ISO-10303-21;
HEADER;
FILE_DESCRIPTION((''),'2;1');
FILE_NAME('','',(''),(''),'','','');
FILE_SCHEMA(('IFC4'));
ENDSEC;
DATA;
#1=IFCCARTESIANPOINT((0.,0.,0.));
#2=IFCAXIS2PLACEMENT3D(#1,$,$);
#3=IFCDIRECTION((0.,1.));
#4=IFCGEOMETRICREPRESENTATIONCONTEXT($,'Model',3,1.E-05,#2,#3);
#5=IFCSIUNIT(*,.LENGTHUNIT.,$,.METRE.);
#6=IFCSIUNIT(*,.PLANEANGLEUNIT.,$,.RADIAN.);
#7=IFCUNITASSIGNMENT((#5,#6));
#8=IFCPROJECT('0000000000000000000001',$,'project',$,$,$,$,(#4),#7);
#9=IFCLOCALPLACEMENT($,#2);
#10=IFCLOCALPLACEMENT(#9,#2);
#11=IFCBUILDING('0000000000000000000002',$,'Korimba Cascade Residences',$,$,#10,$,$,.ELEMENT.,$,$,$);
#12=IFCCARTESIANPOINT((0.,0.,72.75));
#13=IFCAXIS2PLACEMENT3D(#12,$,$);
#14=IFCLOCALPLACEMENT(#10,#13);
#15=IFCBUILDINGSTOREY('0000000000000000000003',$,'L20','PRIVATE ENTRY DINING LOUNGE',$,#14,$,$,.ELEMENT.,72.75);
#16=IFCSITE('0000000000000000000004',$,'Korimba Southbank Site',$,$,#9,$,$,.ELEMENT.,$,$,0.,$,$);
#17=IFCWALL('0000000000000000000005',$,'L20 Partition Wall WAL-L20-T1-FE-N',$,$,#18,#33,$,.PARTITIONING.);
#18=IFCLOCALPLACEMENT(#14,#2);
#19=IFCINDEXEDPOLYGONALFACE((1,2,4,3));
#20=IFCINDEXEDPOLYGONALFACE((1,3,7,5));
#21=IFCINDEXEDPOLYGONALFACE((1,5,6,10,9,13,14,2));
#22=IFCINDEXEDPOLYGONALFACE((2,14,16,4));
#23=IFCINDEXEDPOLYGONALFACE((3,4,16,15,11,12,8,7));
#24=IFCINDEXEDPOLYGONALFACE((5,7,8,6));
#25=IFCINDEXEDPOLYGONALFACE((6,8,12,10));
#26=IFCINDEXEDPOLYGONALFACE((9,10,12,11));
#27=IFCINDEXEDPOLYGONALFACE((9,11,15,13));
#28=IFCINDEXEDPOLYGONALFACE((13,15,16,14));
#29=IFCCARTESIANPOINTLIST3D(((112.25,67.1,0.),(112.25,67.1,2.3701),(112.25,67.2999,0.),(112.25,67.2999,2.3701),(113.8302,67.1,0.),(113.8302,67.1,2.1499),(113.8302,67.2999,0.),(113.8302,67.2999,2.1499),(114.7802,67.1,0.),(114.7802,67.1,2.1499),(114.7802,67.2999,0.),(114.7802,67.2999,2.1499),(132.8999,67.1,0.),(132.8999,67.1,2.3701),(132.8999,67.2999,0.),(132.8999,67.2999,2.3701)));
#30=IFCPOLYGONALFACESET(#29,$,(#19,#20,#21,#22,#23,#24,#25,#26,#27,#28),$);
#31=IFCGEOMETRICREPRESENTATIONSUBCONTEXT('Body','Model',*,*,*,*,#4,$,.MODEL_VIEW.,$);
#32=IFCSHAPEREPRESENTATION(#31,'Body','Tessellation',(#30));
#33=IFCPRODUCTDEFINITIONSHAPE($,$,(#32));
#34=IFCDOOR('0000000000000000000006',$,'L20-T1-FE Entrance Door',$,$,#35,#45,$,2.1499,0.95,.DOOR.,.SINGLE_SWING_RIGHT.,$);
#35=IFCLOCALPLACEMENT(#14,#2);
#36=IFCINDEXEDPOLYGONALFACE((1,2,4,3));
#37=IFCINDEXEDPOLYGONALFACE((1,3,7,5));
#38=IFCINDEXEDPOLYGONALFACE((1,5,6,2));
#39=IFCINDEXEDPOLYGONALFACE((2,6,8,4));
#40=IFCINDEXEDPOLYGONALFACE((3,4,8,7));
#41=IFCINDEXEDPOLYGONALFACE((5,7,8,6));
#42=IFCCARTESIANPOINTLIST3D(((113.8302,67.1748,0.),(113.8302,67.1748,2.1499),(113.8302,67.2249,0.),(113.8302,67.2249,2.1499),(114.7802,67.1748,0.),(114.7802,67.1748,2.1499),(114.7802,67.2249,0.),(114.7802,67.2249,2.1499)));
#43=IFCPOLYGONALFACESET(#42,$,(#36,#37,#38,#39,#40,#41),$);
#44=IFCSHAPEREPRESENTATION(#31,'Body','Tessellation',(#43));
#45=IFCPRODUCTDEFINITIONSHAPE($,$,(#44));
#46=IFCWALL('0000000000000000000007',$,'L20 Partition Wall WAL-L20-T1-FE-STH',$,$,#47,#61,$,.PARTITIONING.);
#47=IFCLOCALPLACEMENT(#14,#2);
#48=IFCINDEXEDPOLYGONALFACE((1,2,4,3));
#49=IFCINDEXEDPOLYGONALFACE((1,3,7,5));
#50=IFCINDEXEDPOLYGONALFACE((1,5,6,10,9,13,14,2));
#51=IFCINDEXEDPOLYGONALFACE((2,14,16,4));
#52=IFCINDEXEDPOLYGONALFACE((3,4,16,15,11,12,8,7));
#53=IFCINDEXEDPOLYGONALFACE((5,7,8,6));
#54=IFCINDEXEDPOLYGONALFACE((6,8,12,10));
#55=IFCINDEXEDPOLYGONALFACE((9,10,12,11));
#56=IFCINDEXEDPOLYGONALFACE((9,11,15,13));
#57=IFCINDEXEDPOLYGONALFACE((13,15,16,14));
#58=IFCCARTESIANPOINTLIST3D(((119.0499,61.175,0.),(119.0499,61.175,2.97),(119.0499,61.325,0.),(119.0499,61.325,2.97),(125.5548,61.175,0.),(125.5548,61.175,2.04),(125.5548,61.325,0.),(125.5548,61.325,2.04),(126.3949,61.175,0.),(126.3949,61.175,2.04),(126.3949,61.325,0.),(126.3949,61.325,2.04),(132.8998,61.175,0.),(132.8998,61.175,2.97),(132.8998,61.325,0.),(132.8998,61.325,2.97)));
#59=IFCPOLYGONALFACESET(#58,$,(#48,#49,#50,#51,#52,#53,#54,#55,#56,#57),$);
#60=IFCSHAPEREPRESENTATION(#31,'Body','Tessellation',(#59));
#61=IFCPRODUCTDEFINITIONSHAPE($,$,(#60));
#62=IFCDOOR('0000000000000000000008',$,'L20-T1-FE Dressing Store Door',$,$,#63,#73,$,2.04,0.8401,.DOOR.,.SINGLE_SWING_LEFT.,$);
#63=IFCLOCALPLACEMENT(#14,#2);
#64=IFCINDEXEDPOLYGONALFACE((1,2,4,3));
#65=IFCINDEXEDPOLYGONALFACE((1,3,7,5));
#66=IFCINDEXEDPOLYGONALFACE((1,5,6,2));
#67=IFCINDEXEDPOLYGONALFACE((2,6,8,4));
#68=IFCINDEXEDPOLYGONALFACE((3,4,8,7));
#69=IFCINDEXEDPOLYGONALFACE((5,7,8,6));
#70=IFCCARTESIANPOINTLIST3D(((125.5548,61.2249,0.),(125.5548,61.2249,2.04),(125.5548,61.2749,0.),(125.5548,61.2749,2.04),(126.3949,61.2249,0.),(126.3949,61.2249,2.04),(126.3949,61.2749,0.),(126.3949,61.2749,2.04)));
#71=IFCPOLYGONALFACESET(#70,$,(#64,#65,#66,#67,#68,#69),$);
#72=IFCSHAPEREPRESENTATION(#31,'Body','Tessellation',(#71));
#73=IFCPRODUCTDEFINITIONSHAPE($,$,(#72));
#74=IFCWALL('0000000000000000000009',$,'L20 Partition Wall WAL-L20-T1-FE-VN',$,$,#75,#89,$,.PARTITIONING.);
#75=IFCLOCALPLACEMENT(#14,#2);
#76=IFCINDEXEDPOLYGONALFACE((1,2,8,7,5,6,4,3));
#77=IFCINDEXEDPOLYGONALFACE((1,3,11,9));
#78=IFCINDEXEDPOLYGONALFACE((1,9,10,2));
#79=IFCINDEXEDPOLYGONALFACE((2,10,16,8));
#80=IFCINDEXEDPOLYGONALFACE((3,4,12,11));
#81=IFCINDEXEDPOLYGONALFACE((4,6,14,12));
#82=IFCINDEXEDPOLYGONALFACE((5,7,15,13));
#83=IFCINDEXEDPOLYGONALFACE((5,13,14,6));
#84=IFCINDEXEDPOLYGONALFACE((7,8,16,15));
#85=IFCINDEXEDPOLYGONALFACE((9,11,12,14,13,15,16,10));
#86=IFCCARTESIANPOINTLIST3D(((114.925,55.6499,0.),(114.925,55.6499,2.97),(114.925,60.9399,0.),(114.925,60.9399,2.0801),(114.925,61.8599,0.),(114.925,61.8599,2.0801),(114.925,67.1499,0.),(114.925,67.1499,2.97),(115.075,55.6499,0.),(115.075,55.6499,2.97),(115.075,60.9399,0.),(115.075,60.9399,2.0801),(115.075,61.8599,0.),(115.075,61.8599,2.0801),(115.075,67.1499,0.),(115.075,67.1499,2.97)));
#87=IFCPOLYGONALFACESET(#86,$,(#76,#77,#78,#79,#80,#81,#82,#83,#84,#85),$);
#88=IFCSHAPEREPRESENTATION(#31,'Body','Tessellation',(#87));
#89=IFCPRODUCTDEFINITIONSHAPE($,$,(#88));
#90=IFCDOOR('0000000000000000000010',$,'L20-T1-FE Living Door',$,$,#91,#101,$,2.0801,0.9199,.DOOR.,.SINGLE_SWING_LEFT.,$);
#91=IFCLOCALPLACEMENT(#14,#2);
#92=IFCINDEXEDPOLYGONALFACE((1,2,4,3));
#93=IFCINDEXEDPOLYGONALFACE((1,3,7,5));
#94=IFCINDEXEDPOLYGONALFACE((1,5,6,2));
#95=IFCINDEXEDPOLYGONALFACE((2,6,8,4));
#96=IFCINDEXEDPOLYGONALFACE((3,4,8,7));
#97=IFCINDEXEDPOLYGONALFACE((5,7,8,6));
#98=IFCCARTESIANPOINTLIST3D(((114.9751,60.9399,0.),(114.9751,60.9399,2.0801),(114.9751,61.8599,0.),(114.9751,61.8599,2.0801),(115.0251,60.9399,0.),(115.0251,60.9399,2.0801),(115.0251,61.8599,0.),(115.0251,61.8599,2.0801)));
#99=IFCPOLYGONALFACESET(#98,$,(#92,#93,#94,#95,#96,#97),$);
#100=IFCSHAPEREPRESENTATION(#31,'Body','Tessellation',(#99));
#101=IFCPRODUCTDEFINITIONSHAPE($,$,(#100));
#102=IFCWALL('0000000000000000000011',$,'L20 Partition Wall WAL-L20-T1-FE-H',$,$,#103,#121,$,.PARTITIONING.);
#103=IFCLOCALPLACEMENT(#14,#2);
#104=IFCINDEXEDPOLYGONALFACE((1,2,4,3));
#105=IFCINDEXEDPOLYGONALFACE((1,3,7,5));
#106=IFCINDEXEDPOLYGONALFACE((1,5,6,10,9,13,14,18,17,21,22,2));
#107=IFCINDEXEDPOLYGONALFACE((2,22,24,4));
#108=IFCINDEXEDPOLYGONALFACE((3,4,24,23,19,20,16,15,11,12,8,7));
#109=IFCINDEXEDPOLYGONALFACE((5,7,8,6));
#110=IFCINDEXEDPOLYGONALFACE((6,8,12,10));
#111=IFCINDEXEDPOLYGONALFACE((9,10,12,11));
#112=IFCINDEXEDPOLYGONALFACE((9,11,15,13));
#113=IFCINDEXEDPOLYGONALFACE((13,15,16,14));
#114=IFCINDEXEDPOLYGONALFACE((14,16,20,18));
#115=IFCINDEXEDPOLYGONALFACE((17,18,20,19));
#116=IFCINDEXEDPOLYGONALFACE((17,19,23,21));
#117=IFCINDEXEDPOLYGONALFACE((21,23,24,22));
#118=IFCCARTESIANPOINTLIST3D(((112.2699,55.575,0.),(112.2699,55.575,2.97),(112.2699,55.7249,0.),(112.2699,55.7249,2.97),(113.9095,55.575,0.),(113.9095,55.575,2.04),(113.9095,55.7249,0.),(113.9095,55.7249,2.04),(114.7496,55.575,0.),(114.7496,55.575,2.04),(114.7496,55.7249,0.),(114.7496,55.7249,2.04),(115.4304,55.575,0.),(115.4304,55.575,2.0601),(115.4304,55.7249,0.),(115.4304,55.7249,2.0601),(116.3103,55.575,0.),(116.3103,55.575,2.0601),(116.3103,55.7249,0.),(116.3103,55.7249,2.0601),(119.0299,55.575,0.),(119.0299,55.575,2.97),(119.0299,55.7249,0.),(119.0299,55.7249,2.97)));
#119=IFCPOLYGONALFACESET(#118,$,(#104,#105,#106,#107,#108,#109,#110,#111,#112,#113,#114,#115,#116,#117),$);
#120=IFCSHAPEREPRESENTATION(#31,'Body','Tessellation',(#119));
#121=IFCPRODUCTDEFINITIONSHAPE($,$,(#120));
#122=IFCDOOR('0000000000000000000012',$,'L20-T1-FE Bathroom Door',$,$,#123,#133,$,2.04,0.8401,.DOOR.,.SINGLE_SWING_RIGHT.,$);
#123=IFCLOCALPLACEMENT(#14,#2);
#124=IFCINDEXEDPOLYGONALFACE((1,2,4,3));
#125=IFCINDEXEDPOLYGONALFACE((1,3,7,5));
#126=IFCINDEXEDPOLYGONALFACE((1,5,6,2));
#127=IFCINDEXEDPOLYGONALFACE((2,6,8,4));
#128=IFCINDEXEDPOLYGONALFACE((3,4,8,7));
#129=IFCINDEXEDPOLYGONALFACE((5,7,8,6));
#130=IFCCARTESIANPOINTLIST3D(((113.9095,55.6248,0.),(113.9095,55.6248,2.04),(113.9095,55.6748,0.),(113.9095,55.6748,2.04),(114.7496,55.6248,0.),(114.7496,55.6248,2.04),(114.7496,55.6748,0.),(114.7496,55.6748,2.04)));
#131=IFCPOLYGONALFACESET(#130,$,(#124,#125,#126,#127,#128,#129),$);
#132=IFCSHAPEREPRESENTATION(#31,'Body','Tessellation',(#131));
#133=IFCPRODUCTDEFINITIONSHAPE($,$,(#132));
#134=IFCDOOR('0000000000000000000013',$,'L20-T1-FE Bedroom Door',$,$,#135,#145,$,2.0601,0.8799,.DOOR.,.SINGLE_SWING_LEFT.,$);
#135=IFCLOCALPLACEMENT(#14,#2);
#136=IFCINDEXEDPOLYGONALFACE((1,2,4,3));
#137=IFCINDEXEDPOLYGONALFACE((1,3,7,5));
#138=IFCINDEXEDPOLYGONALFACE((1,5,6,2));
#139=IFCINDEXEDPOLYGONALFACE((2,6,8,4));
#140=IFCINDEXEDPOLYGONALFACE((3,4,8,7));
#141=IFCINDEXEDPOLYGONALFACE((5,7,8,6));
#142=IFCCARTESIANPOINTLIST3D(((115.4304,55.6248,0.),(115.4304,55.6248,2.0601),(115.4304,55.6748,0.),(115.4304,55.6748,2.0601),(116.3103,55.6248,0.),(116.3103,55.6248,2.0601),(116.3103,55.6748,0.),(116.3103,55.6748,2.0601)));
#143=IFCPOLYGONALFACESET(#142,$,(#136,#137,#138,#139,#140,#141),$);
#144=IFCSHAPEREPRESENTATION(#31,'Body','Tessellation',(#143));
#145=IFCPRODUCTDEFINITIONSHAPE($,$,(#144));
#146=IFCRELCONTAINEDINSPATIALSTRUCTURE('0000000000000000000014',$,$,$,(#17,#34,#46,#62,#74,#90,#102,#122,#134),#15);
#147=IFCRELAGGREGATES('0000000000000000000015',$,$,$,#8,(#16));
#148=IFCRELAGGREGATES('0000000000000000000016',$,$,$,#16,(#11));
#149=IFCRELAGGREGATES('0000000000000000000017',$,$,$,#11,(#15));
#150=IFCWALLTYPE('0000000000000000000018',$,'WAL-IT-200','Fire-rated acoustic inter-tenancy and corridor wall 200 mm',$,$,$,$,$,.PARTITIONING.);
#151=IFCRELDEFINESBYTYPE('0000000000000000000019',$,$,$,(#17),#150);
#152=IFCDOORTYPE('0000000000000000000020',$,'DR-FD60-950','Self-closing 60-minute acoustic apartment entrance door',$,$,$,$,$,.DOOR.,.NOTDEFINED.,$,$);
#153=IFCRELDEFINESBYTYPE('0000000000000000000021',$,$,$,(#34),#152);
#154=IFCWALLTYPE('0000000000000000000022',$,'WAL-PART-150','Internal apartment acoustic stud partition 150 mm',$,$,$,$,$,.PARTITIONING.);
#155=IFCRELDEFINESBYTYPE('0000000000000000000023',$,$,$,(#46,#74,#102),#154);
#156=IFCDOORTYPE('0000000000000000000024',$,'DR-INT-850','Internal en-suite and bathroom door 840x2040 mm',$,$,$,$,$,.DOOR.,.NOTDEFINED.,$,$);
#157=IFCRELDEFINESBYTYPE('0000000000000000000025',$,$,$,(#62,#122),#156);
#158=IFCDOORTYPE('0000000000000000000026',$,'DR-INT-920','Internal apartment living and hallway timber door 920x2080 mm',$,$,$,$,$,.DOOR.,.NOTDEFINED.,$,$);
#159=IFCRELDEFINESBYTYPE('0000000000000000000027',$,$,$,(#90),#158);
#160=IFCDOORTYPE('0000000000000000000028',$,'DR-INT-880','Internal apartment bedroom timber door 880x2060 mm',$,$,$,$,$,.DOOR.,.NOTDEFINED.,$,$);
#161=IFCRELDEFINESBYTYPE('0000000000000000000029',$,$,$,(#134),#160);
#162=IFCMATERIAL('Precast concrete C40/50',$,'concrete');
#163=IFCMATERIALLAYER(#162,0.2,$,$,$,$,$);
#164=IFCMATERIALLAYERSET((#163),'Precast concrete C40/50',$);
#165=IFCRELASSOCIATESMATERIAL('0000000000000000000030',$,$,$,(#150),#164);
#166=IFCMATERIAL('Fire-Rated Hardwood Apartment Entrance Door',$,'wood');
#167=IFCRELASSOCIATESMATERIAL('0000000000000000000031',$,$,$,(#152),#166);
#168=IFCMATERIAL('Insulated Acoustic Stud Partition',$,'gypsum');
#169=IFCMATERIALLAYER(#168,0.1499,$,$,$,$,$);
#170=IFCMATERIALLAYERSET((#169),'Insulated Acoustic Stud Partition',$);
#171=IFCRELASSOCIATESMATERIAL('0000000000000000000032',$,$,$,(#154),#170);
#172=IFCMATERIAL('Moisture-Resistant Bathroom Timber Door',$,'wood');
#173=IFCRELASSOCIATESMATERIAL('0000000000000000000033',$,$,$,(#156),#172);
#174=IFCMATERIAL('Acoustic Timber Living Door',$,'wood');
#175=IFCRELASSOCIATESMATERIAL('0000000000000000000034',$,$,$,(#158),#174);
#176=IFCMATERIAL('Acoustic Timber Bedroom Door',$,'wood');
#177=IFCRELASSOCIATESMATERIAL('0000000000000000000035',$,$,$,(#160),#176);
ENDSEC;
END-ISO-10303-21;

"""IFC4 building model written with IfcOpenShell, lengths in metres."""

from ifc_helpers import new_model, si_unit, direction, frame, frame_2d, origin, place, context, subcontext, project, spatial, rectangle, extrude, material, layer, layer_set, type_object, element, fill, save


model = new_model("IFC4")

# Units and contexts
model_context = context("Model", 3, precision=1e-05, world=origin(), true_north=direction((0.0, 1.0)))
body_context = subcontext(model_context, "Body", "Model", "MODEL_VIEW")
ifc_project = project(units=[si_unit("LENGTHUNIT", "METRE"), si_unit("PLANEANGLEUNIT", "RADIAN")], contexts=[model_context])

# Site, building, storey
site_placement = place(None, origin())
site = spatial("IfcSite", under=ifc_project, at=site_placement, Name="Korimba Southbank Site", CompositionType="ELEMENT", RefElevation=0.0)
building_placement = place(site_placement, origin())
building = spatial("IfcBuilding", under=site, at=building_placement, Name="Korimba Cascade Residences", CompositionType="ELEMENT")
storey_placement = place(building_placement, frame((0.0, 0.0, 72.75)))
storey = spatial("IfcBuildingStorey", under=building, at=storey_placement, Name="L20", Description="PRIVATE ENTRY DINING LOUNGE", CompositionType="ELEMENT", Elevation=72.75)

# Walls, openings, doors
ifc_material_1 = material(Name="Precast concrete C40/50", Category="concrete")
ifc_layer_1 = layer(ifc_material_1, 0.2)
ifc_layer_set_1 = layer_set([ifc_layer_1], Name="Precast concrete C40/50")
wall_type_1 = type_object("IfcWallType", Name="WAL-IT-200", Description="Fire-rated acoustic inter-tenancy and corridor wall 200 mm", PredefinedType="PARTITIONING", material=ifc_layer_set_1)
wall_1_placement = place(storey_placement, frame((112.25, 67.2, 0.0), z_axis=(0.0, 0.0, 1.0), x_axis=(1.0, 0.0, 0.0)))
wall_1 = element("IfcWall", 1, at=wall_1_placement, inside=storey, type_object=wall_type_1, Name="L20 Partition Wall WAL-L20-T1-FE-N", PredefinedType="PARTITIONING", context=body_context, shape_type="SweptSolid", body=[
    extrude(rectangle(XDim=20.6499, YDim=0.2, at=frame_2d((10.325, 0.0))), origin(), (0.0, 0.0, 1.0), 2.3701),
])
opening_1_placement = place(wall_1_placement, frame((1.5801, 0.0, 0.0)))
opening_1 = element("IfcOpeningElement", 2, at=opening_1_placement, cuts=wall_1, PredefinedType="OPENING", context=body_context, shape_type="SweptSolid", body=[
    extrude(rectangle(XDim=0.95, YDim=2.1499, at=frame_2d((0.4751, 1.075))), frame((0.0, 0.1099, 0.0), z_axis=(0.0, -1.0, 0.0), x_axis=(1.0, 0.0, 0.0)), (0.0, 0.0, 1.0), 0.22),
])
ifc_material_2 = material(Name="Fire-Rated Hardwood Apartment Entrance Door", Category="wood")
door_type_1 = type_object("IfcDoorType", Name="DR-FD60-950", Description="Self-closing 60-minute acoustic apartment entrance door", OperationType="NOTDEFINED", PredefinedType="DOOR", material=ifc_material_2)
door_1_placement = place(opening_1_placement, origin())
door_1 = element("IfcDoor", 3, at=door_1_placement, inside=storey, type_object=door_type_1, Name="L20-T1-FE Entrance Door", OperationType="SINGLE_SWING_RIGHT", OverallHeight=2.1499, OverallWidth=0.95, PredefinedType="DOOR", context=body_context, shape_type="SweptSolid", body=[
    extrude(rectangle(XDim=0.95, YDim=2.1499, at=frame_2d((0.4751, 1.075))), frame((0.0, 0.0249, 0.0), z_axis=(0.0, -1.0, 0.0), x_axis=(1.0, 0.0, 0.0)), (0.0, 0.0, 1.0), 0.05),
])
fill(opening_1, door_1)
ifc_material_3 = material(Name="Insulated Acoustic Stud Partition", Category="gypsum")
ifc_layer_2 = layer(ifc_material_3, 0.1499)
ifc_layer_set_2 = layer_set([ifc_layer_2], Name="Insulated Acoustic Stud Partition")
wall_type_2 = type_object("IfcWallType", Name="WAL-PART-150", Description="Internal apartment acoustic stud partition 150 mm", PredefinedType="PARTITIONING", material=ifc_layer_set_2)
wall_2_placement = place(storey_placement, frame((119.05, 61.25, 0.0), z_axis=(0.0, 0.0, 1.0), x_axis=(1.0, 0.0, 0.0)))
wall_2 = element("IfcWall", 4, at=wall_2_placement, inside=storey, type_object=wall_type_2, Name="L20 Partition Wall WAL-L20-T1-FE-STH", PredefinedType="PARTITIONING", context=body_context, shape_type="SweptSolid", body=[
    extrude(rectangle(XDim=13.8499, YDim=0.1499, at=frame_2d((6.9248, 0.0))), origin(), (0.0, 0.0, 1.0), 2.97),
])
opening_2_placement = place(wall_2_placement, frame((6.5049, 0.0, 0.0)))
opening_2 = element("IfcOpeningElement", 5, at=opening_2_placement, cuts=wall_2, PredefinedType="OPENING", context=body_context, shape_type="SweptSolid", body=[
    extrude(rectangle(XDim=0.8401, YDim=2.04, at=frame_2d((0.4199, 1.02))), frame((0.0, 0.085, 0.0), z_axis=(0.0, -1.0, 0.0), x_axis=(1.0, 0.0, 0.0)), (0.0, 0.0, 1.0), 0.1699),
])
ifc_material_4 = material(Name="Moisture-Resistant Bathroom Timber Door", Category="wood")
door_type_2 = type_object("IfcDoorType", Name="DR-INT-850", Description="Internal en-suite and bathroom door 840x2040 mm", OperationType="NOTDEFINED", PredefinedType="DOOR", material=ifc_material_4)
door_2_placement = place(opening_2_placement, origin())
door_2 = element("IfcDoor", 6, at=door_2_placement, inside=storey, type_object=door_type_2, Name="L20-T1-FE Dressing Store Door", OperationType="SINGLE_SWING_LEFT", OverallHeight=2.04, OverallWidth=0.8401, PredefinedType="DOOR", context=body_context, shape_type="SweptSolid", body=[
    extrude(rectangle(XDim=0.8401, YDim=2.04, at=frame_2d((0.4199, 1.02))), frame((0.0, 0.0249, 0.0), z_axis=(0.0, -1.0, 0.0), x_axis=(1.0, 0.0, 0.0)), (0.0, 0.0, 1.0), 0.05),
])
fill(opening_2, door_2)
wall_3_placement = place(storey_placement, frame((115.0, 55.6499, 0.0), z_axis=(0.0, 0.0, 1.0), x_axis=(0.0, 1.0, 0.0)))
wall_3 = element("IfcWall", 7, at=wall_3_placement, inside=storey, type_object=wall_type_2, Name="L20 Partition Wall WAL-L20-T1-FE-VN", PredefinedType="PARTITIONING", context=body_context, shape_type="SweptSolid", body=[
    extrude(rectangle(XDim=11.5, YDim=0.1499, at=frame_2d((5.75, 0.0))), origin(), (0.0, 0.0, 1.0), 2.97),
])
opening_3_placement = place(wall_3_placement, frame((5.29, 0.0, 0.0)))
opening_3 = element("IfcOpeningElement", 8, at=opening_3_placement, cuts=wall_3, PredefinedType="OPENING", context=body_context, shape_type="SweptSolid", body=[
    extrude(rectangle(XDim=0.9199, YDim=2.0801, at=frame_2d((0.46, 1.04))), frame((0.0, 0.085, 0.0), z_axis=(0.0, -1.0, 0.0), x_axis=(1.0, 0.0, 0.0)), (0.0, 0.0, 1.0), 0.1699),
])
ifc_material_5 = material(Name="Acoustic Timber Living Door", Category="wood")
door_type_3 = type_object("IfcDoorType", Name="DR-INT-920", Description="Internal apartment living and hallway timber door 920x2080 mm", OperationType="NOTDEFINED", PredefinedType="DOOR", material=ifc_material_5)
door_3_placement = place(opening_3_placement, origin())
door_3 = element("IfcDoor", 9, at=door_3_placement, inside=storey, type_object=door_type_3, Name="L20-T1-FE Living Door", OperationType="SINGLE_SWING_LEFT", OverallHeight=2.0801, OverallWidth=0.9199, PredefinedType="DOOR", context=body_context, shape_type="SweptSolid", body=[
    extrude(rectangle(XDim=0.9199, YDim=2.0801, at=frame_2d((0.46, 1.04))), frame((0.0, 0.0249, 0.0), z_axis=(0.0, -1.0, 0.0), x_axis=(1.0, 0.0, 0.0)), (0.0, 0.0, 1.0), 0.05),
])
fill(opening_3, door_3)

# Wall, openings, doors
wall_4_placement = place(storey_placement, frame((112.27, 55.6499, 0.0), z_axis=(0.0, 0.0, 1.0), x_axis=(1.0, 0.0, 0.0)))
wall_4 = element("IfcWall", 10, at=wall_4_placement, inside=storey, type_object=wall_type_2, Name="L20 Partition Wall WAL-L20-T1-FE-H", PredefinedType="PARTITIONING", context=body_context, shape_type="SweptSolid", body=[
    extrude(rectangle(XDim=6.76, YDim=0.1499, at=frame_2d((3.3799, 0.0))), origin(), (0.0, 0.0, 1.0), 2.97),
])
opening_4_placement = place(wall_4_placement, frame((1.6396, 0.0, 0.0)))
opening_4 = element("IfcOpeningElement", 11, at=opening_4_placement, cuts=wall_4, PredefinedType="OPENING", context=body_context, shape_type="SweptSolid", body=[
    extrude(rectangle(XDim=0.8401, YDim=2.04, at=frame_2d((0.4199, 1.02))), frame((0.0, 0.085, 0.0), z_axis=(0.0, -1.0, 0.0), x_axis=(1.0, 0.0, 0.0)), (0.0, 0.0, 1.0), 0.1699),
])
opening_5_placement = place(wall_4_placement, frame((3.1604, 0.0, 0.0)))
opening_5 = element("IfcOpeningElement", 12, at=opening_5_placement, cuts=wall_4, PredefinedType="OPENING", context=body_context, shape_type="SweptSolid", body=[
    extrude(rectangle(XDim=0.8799, YDim=2.0601, at=frame_2d((0.4399, 1.03))), frame((0.0, 0.085, 0.0), z_axis=(0.0, -1.0, 0.0), x_axis=(1.0, 0.0, 0.0)), (0.0, 0.0, 1.0), 0.1699),
])
door_4_placement = place(opening_4_placement, origin())
door_4 = element("IfcDoor", 13, at=door_4_placement, inside=storey, type_object=door_type_2, Name="L20-T1-FE Bathroom Door", OperationType="SINGLE_SWING_RIGHT", OverallHeight=2.04, OverallWidth=0.8401, PredefinedType="DOOR", context=body_context, shape_type="SweptSolid", body=[
    extrude(rectangle(XDim=0.8401, YDim=2.04, at=frame_2d((0.4199, 1.02))), frame((0.0, 0.0249, 0.0), z_axis=(0.0, -1.0, 0.0), x_axis=(1.0, 0.0, 0.0)), (0.0, 0.0, 1.0), 0.05),
])
fill(opening_4, door_4)
ifc_material_6 = material(Name="Acoustic Timber Bedroom Door", Category="wood")
door_type_4 = type_object("IfcDoorType", Name="DR-INT-880", Description="Internal apartment bedroom timber door 880x2060 mm", OperationType="NOTDEFINED", PredefinedType="DOOR", material=ifc_material_6)
door_5_placement = place(opening_5_placement, origin())
door_5 = element("IfcDoor", 14, at=door_5_placement, inside=storey, type_object=door_type_4, Name="L20-T1-FE Bedroom Door", OperationType="SINGLE_SWING_LEFT", OverallHeight=2.0601, OverallWidth=0.8799, PredefinedType="DOOR", context=body_context, shape_type="SweptSolid", body=[
    extrude(rectangle(XDim=0.8799, YDim=2.0601, at=frame_2d((0.4399, 1.03))), frame((0.0, 0.0249, 0.0), z_axis=(0.0, -1.0, 0.0), x_axis=(1.0, 0.0, 0.0)), (0.0, 0.0, 1.0), 0.05),
])
fill(opening_5, door_5)

save(model, "model.ifc")
